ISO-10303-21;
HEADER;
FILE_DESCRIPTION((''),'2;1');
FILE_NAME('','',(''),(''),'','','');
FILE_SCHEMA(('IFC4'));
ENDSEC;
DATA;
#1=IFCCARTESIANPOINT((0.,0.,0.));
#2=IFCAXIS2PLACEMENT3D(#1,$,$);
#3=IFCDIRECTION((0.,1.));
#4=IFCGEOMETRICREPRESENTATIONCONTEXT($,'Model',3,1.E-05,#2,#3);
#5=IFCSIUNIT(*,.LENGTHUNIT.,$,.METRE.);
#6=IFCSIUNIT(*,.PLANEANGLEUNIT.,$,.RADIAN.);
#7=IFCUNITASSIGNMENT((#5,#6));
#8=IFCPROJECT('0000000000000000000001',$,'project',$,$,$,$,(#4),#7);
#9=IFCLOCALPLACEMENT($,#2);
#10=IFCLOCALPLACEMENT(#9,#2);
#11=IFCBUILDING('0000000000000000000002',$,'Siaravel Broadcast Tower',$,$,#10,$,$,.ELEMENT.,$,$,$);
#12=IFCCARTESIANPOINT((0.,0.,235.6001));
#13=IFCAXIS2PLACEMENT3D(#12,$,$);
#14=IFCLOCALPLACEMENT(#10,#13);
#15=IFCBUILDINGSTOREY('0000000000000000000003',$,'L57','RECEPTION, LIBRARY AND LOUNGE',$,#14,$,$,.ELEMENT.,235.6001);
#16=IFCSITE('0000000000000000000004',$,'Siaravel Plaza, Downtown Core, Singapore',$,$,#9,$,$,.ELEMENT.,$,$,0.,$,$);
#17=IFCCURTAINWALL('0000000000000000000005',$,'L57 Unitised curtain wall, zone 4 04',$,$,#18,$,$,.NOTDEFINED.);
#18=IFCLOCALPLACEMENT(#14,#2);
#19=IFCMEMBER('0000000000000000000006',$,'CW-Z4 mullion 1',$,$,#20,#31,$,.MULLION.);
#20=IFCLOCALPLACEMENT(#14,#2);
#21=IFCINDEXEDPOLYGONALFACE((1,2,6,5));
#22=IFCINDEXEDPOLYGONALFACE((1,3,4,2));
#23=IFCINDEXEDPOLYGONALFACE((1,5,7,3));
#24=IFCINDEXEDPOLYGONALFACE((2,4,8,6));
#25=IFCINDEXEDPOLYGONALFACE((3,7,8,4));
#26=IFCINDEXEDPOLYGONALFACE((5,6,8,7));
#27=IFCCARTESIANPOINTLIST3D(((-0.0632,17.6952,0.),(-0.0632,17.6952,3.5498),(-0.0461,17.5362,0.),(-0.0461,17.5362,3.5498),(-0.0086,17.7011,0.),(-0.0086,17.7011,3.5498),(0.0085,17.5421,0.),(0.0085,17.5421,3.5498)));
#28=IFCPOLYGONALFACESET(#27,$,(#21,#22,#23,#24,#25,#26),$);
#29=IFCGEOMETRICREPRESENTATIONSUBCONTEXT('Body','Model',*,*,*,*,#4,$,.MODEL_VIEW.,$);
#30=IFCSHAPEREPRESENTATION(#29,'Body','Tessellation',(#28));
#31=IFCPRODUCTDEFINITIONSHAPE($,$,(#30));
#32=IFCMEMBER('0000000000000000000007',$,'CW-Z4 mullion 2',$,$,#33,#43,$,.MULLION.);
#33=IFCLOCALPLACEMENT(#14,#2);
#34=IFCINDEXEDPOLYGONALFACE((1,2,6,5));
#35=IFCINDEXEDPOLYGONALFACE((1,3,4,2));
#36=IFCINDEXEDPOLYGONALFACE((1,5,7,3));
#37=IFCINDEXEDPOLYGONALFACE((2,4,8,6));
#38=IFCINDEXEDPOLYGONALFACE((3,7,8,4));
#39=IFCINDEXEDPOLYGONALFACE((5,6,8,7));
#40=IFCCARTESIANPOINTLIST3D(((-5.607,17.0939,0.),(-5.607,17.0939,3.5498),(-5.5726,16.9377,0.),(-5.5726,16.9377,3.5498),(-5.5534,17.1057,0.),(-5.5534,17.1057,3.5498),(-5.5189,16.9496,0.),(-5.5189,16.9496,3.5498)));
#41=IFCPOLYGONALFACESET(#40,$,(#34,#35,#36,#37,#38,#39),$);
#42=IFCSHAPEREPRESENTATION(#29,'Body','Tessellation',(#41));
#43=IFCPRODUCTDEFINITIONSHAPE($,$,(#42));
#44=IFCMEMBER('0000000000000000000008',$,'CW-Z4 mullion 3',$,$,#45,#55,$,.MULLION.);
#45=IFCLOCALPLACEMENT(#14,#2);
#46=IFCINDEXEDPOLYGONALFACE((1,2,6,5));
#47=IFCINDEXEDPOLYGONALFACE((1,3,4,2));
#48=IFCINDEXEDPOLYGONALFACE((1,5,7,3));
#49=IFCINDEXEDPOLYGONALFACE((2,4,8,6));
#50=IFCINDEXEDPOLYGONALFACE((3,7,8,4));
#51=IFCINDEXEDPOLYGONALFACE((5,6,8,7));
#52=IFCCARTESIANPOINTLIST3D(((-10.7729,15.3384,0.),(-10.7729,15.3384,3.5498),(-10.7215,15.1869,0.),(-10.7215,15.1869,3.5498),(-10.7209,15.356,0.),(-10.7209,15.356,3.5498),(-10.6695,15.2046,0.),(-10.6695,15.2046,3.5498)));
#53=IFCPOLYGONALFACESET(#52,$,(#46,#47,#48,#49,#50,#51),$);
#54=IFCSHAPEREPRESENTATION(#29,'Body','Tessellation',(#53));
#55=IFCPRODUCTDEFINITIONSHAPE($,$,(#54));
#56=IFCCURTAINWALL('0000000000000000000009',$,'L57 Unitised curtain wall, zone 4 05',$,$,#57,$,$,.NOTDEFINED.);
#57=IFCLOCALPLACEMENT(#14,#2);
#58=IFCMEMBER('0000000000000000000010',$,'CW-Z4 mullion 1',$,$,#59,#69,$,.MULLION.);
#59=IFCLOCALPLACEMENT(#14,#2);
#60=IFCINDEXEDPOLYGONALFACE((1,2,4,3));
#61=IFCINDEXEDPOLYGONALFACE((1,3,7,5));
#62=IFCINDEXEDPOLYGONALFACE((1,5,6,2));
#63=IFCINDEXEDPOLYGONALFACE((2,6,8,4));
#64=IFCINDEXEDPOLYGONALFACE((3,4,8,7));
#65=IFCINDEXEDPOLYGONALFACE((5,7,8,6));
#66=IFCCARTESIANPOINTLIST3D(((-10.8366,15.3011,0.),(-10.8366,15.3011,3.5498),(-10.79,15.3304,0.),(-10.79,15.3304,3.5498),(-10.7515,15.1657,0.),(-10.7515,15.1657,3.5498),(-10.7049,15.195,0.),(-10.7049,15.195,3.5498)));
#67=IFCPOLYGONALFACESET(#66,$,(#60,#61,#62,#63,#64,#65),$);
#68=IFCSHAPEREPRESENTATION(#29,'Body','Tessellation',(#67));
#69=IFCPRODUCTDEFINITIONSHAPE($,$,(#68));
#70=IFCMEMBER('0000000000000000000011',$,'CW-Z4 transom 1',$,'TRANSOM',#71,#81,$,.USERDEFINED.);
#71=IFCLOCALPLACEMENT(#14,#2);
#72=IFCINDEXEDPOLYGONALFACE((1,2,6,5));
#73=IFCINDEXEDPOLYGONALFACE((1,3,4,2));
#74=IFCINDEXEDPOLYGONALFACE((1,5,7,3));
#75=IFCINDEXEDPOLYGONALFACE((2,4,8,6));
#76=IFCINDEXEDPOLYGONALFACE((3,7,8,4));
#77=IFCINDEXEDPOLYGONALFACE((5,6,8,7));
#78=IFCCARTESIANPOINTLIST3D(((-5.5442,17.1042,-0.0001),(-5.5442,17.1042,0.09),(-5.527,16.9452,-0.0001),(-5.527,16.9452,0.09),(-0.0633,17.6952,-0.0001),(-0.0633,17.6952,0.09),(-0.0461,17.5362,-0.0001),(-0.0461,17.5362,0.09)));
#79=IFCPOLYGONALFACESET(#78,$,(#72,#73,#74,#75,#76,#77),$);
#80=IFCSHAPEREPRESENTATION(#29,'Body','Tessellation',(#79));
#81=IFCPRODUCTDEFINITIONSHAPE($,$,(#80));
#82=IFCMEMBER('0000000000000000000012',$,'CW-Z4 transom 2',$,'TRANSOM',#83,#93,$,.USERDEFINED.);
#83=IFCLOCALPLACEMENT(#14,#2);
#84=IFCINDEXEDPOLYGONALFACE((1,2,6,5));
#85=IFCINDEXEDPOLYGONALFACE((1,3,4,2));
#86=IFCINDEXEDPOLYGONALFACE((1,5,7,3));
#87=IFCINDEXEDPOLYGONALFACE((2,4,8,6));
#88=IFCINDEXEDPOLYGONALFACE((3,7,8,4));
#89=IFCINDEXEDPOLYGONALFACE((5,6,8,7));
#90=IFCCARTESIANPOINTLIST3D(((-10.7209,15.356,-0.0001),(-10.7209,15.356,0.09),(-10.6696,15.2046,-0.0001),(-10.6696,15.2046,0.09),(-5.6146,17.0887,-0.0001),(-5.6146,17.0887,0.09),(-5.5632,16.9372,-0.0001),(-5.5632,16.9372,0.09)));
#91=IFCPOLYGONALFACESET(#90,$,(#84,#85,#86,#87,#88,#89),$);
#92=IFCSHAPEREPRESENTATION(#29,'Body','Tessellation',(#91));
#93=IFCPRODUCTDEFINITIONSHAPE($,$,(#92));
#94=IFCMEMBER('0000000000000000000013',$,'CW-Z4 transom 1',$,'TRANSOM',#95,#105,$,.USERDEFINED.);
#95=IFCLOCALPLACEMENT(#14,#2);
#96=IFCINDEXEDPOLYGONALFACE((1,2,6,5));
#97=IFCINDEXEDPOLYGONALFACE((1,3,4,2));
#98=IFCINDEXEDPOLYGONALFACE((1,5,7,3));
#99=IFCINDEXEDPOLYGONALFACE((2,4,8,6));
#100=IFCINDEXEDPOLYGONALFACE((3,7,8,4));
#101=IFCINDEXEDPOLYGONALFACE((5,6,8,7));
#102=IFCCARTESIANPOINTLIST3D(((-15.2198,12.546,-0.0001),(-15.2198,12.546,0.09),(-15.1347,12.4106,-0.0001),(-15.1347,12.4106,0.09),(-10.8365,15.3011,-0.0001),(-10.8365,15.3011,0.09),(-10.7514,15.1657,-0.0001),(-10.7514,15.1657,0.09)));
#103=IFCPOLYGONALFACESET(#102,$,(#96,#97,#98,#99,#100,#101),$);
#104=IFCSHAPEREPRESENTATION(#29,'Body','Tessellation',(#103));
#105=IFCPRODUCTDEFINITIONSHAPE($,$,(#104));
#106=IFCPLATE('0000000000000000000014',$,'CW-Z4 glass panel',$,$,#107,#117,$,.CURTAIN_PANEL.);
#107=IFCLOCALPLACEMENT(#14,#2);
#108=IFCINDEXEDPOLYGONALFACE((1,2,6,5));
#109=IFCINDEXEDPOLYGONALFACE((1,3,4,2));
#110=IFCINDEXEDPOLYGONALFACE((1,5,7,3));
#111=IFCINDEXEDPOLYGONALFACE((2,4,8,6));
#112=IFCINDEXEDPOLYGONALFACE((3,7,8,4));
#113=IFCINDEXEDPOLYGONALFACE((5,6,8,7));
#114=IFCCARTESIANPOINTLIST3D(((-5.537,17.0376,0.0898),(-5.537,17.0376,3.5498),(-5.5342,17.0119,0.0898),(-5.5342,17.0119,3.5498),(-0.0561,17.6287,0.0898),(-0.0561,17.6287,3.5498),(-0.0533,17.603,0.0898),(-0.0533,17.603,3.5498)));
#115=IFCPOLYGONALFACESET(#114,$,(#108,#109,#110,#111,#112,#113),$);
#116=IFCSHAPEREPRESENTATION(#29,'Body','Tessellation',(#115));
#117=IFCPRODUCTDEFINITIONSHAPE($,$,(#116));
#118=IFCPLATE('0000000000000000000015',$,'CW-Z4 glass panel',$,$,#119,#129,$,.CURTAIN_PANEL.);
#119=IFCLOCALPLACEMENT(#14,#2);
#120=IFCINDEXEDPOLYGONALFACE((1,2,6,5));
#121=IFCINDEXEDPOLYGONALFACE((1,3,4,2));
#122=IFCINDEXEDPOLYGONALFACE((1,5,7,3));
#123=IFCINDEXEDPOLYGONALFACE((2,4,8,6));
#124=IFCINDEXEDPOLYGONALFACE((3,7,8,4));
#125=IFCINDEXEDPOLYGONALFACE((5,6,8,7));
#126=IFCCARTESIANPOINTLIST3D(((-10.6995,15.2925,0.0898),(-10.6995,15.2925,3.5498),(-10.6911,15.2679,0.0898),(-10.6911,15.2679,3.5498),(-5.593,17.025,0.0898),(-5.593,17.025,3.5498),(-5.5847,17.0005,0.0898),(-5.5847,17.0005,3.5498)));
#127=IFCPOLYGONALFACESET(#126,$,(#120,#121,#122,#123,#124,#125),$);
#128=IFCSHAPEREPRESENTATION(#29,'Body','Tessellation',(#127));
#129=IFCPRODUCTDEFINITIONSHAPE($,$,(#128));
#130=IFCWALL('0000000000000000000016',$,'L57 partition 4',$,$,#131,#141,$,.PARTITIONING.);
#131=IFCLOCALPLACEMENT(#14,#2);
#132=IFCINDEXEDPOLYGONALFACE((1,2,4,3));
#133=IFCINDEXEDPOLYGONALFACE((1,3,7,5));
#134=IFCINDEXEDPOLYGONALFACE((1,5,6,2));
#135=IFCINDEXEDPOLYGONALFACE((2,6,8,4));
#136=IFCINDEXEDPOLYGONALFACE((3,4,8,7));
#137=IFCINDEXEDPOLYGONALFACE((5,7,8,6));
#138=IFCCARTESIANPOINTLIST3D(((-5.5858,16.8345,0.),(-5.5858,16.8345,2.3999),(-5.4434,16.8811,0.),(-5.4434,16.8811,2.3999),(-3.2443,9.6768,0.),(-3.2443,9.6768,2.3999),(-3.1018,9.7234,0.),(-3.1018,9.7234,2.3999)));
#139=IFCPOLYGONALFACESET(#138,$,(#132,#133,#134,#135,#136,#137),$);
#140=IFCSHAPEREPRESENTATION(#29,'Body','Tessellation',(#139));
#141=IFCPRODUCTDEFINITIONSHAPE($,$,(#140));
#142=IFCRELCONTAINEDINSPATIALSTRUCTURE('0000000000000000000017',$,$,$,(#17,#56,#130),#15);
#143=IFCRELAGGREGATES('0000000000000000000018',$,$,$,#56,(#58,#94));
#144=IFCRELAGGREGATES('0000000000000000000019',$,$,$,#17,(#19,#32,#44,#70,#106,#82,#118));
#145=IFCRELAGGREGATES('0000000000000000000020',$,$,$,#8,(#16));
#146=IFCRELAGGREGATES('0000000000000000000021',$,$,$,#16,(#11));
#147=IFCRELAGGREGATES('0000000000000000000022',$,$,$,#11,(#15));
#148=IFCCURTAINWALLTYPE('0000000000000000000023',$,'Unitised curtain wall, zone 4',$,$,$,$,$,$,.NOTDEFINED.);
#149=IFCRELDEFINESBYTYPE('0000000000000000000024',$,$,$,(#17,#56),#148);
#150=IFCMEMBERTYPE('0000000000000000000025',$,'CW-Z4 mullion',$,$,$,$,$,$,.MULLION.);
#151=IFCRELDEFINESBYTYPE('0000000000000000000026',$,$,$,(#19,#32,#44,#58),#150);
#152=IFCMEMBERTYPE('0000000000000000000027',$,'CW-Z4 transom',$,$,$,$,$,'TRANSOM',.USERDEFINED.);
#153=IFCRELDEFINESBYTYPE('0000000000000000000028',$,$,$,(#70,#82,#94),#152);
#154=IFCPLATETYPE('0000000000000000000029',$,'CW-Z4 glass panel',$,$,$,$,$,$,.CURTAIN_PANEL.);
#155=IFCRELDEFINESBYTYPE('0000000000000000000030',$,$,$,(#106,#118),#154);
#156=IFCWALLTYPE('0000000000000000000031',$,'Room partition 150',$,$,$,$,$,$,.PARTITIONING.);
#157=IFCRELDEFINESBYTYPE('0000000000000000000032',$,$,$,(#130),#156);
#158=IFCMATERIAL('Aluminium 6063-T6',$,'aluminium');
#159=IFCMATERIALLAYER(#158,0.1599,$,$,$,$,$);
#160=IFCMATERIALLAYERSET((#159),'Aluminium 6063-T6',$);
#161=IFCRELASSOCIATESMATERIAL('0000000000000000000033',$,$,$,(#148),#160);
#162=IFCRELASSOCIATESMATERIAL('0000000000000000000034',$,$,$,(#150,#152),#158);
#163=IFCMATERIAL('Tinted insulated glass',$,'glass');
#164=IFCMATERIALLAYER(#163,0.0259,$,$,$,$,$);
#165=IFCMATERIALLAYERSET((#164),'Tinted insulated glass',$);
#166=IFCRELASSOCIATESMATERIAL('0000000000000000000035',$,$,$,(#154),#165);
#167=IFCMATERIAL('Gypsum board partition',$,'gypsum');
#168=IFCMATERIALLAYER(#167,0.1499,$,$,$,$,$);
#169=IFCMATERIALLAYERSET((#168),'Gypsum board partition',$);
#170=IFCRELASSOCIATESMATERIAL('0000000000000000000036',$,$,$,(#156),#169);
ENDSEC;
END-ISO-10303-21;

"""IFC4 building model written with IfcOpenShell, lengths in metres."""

from ifc_helpers import new_model, si_unit, direction, frame, frame_2d, origin, origin_2d, place, context, subcontext, project, spatial, rectangle, extrude, material, layer, layer_set, material_profile, profile_set, type_object, element, aggregate, save


model = new_model("IFC4")

# Units and contexts
model_context = context("Model", 3, precision=1e-05, world=origin(), true_north=direction((0.0, 1.0)))
body_context = subcontext(model_context, "Body", "Model", "MODEL_VIEW")
ifc_project = project(units=[si_unit("LENGTHUNIT", "METRE"), si_unit("PLANEANGLEUNIT", "RADIAN")], contexts=[model_context])

# Site, building, storey
site_placement = place(None, origin())
site = spatial("IfcSite", under=ifc_project, at=site_placement, Name="Siaravel Plaza, Downtown Core, Singapore", CompositionType="ELEMENT", RefElevation=0.0)
building_placement = place(site_placement, origin())
building = spatial("IfcBuilding", under=site, at=building_placement, Name="Siaravel Broadcast Tower", CompositionType="ELEMENT")
storey_placement = place(building_placement, frame((0.0, 0.0, 235.6001)))
storey = spatial("IfcBuildingStorey", under=building, at=storey_placement, Name="L57", Description="RECEPTION, LIBRARY AND LOUNGE", CompositionType="ELEMENT", Elevation=235.6001)

# Curtain wall, members
ifc_material_1 = material(Name="Aluminium 6063-T6", Category="aluminium")
ifc_layer_1 = layer(ifc_material_1, 0.1599)
ifc_layer_set_1 = layer_set([ifc_layer_1], Name="Aluminium 6063-T6")
curtain_wall_type = type_object("IfcCurtainWallType", Name="Unitised curtain wall, zone 4", PredefinedType="NOTDEFINED", material=ifc_layer_set_1)
curtain_wall_1_placement = place(storey_placement, origin())
curtain_wall_1 = element("IfcCurtainWall", 1, at=curtain_wall_1_placement, inside=storey, type_object=curtain_wall_type, Name="L57 Unitised curtain wall, zone 4 04", PredefinedType="NOTDEFINED")
ifc_material_profile_1 = material_profile(ifc_material_1, rectangle(XDim=0.1599, YDim=0.0549, at=origin_2d()))
ifc_profile_set_1 = profile_set([ifc_material_profile_1], Name="Aluminium 6063-T6")
member_type_1 = type_object("IfcMemberType", Name="CW-Z4 mullion", PredefinedType="MULLION", material=ifc_profile_set_1)
member_1_placement = place(storey_placement, frame((-0.0273, 17.6187, 0.0), z_axis=(0.0, 0.0, 1.0), x_axis=(0.107218, -0.994236, 0.0)))
member_1 = element("IfcMember", 2, at=member_1_placement, type_object=member_type_1, Name="CW-Z4 mullion 1", PredefinedType="MULLION", context=body_context, shape_type="SweptSolid", body=[
    extrude(rectangle(XDim=0.1599, YDim=0.0549, at=origin_2d()), origin(), (0.0, 0.0, 1.0), 3.5498),
])
member_2_placement = place(storey_placement, frame((-5.563, 17.0217, 0.0), z_axis=(0.0, 0.0, 1.0), x_axis=(0.215559, -0.976491, 0.0)))
member_2 = element("IfcMember", 3, at=member_2_placement, type_object=member_type_1, Name="CW-Z4 mullion 2", PredefinedType="MULLION", context=body_context, shape_type="SweptSolid", body=[
    extrude(rectangle(XDim=0.1599, YDim=0.0549, at=origin_2d()), origin(), (0.0, 0.0, 1.0), 3.5498),
])
member_3_placement = place(storey_placement, frame((-10.7212, 15.2715, 0.0), z_axis=(0.0, 0.0, 1.0), x_axis=(0.321301, -0.946977, 0.0)))
member_3 = element("IfcMember", 4, at=member_3_placement, type_object=member_type_1, Name="CW-Z4 mullion 3", PredefinedType="MULLION", context=body_context, shape_type="SweptSolid", body=[
    extrude(rectangle(XDim=0.1599, YDim=0.0549, at=origin_2d()), origin(), (0.0, 0.0, 1.0), 3.5498),
])

# Curtain wall, member
curtain_wall_2_placement = place(storey_placement, origin())
curtain_wall_2 = element("IfcCurtainWall", 5, at=curtain_wall_2_placement, inside=storey, type_object=curtain_wall_type, Name="L57 Unitised curtain wall, zone 4 05", PredefinedType="NOTDEFINED")
member_4_placement = place(storey_placement, frame((-10.7708, 15.248, 0.0), z_axis=(0.0, 0.0, 1.0), x_axis=(0.53215, -0.84665, 0.0)))
member_4 = element("IfcMember", 6, at=member_4_placement, type_object=member_type_1, Name="CW-Z4 mullion 1", PredefinedType="MULLION", context=body_context, shape_type="SweptSolid", body=[
    extrude(rectangle(XDim=0.1599, YDim=0.0549, at=origin_2d()), origin(), (0.0, 0.0, 1.0), 3.5498),
])

# Members
ifc_material_profile_2 = material_profile(ifc_material_1, rectangle(XDim=0.1599, YDim=0.0901, at=origin_2d()))
ifc_profile_set_2 = profile_set([ifc_material_profile_2], Name="Aluminium 6063-T6")
member_type_2 = type_object("IfcMemberType", Name="CW-Z4 transom", ElementType="TRANSOM", PredefinedType="USERDEFINED", material=ifc_profile_set_2)
member_5_placement = place(storey_placement, frame((-0.0547, 17.6157, 0.0449), z_axis=(-0.994236, -0.107218, 0.0), x_axis=(0.107218, -0.994236, 0.0)))
member_5 = element("IfcMember", 7, at=member_5_placement, type_object=member_type_2, Name="CW-Z4 transom 1", ObjectType="TRANSOM", PredefinedType="USERDEFINED", context=body_context, shape_type="SweptSolid", body=[
    extrude(rectangle(XDim=0.1599, YDim=0.0901, at=origin_2d()), origin(), (0.0, 0.0, 1.0), 5.5127),
])
member_6_placement = place(storey_placement, frame((-5.5889, 17.0129, 0.0449), z_axis=(-0.946972, -0.321317, 0.0), x_axis=(0.321317, -0.946972, 0.0)))
member_6 = element("IfcMember", 8, at=member_6_placement, type_object=member_type_2, Name="CW-Z4 transom 2", ObjectType="TRANSOM", PredefinedType="USERDEFINED", context=body_context, shape_type="SweptSolid", body=[
    extrude(rectangle(XDim=0.1599, YDim=0.0901, at=origin_2d()), origin(), (0.0, 0.0, 1.0), 5.3923),
])
member_7_placement = place(storey_placement, frame((-10.7939, 15.2334, 0.0449), z_axis=(-0.846644, -0.532159, 0.0), x_axis=(0.532159, -0.846644, 0.0)))
member_7 = element("IfcMember", 9, at=member_7_placement, type_object=member_type_2, Name="CW-Z4 transom 1", ObjectType="TRANSOM", PredefinedType="USERDEFINED", context=body_context, shape_type="SweptSolid", body=[
    extrude(rectangle(XDim=0.1599, YDim=0.0901, at=origin_2d()), origin(), (0.0, 0.0, 1.0), 5.1772),
])
aggregate(curtain_wall_2, [member_4, member_7])

# Plates
ifc_material_2 = material(Name="Tinted insulated glass", Category="glass")
ifc_layer_2 = layer(ifc_material_2, 0.0259)
ifc_layer_set_2 = layer_set([ifc_layer_2], Name="Tinted insulated glass")
plate_type = type_object("IfcPlateType", Name="CW-Z4 glass panel", PredefinedType="CURTAIN_PANEL", material=ifc_layer_set_2)
plate_1_placement = place(storey_placement, frame((-2.7952, 17.3203, 0.0898), z_axis=(0.0, 0.0, 1.0), x_axis=(-0.994236, -0.107218, 0.0)))
plate_1 = element("IfcPlate", 10, at=plate_1_placement, type_object=plate_type, Name="CW-Z4 glass panel", PredefinedType="CURTAIN_PANEL", context=body_context, shape_type="SweptSolid", body=[
    extrude(rectangle(XDim=5.5127, YDim=0.0259, at=origin_2d()), origin(), (0.0, 0.0, 1.0), 3.46),
])
plate_2_placement = place(storey_placement, frame((-8.1421, 16.1465, 0.0898), z_axis=(0.0, 0.0, 1.0), x_axis=(-0.946977, -0.321301, 0.0)))
plate_2 = element("IfcPlate", 11, at=plate_2_placement, type_object=plate_type, Name="CW-Z4 glass panel", PredefinedType="CURTAIN_PANEL", context=body_context, shape_type="SweptSolid", body=[
    extrude(rectangle(XDim=5.3923, YDim=0.0259, at=origin_2d()), origin(), (0.0, 0.0, 1.0), 3.46),
])
aggregate(curtain_wall_1, [member_1, member_2, member_3, member_5, plate_1, member_6, plate_2])

# Wall
ifc_material_3 = material(Name="Gypsum board partition", Category="gypsum")
ifc_layer_3 = layer(ifc_material_3, 0.1499)
ifc_layer_set_3 = layer_set([ifc_layer_3], Name="Gypsum board partition")
wall_type = type_object("IfcWallType", Name="Room partition 150", PredefinedType="PARTITIONING", material=ifc_layer_set_3)
wall_placement = place(storey_placement, frame((-5.5146, 16.8579, 0.0), z_axis=(0.0, 0.0, 1.0), x_axis=(0.310922, -0.950435, 0.0)))
element("IfcWall", 12, at=wall_placement, inside=storey, type_object=wall_type, Name="L57 partition 4", PredefinedType="PARTITIONING", context=body_context, shape_type="SweptSolid", body=[
    extrude(rectangle(XDim=7.531, YDim=0.1499, at=frame_2d((3.7656, 0.0))), origin(), (0.0, 0.0, 1.0), 2.3999),
])

save(model, "model.ifc")
